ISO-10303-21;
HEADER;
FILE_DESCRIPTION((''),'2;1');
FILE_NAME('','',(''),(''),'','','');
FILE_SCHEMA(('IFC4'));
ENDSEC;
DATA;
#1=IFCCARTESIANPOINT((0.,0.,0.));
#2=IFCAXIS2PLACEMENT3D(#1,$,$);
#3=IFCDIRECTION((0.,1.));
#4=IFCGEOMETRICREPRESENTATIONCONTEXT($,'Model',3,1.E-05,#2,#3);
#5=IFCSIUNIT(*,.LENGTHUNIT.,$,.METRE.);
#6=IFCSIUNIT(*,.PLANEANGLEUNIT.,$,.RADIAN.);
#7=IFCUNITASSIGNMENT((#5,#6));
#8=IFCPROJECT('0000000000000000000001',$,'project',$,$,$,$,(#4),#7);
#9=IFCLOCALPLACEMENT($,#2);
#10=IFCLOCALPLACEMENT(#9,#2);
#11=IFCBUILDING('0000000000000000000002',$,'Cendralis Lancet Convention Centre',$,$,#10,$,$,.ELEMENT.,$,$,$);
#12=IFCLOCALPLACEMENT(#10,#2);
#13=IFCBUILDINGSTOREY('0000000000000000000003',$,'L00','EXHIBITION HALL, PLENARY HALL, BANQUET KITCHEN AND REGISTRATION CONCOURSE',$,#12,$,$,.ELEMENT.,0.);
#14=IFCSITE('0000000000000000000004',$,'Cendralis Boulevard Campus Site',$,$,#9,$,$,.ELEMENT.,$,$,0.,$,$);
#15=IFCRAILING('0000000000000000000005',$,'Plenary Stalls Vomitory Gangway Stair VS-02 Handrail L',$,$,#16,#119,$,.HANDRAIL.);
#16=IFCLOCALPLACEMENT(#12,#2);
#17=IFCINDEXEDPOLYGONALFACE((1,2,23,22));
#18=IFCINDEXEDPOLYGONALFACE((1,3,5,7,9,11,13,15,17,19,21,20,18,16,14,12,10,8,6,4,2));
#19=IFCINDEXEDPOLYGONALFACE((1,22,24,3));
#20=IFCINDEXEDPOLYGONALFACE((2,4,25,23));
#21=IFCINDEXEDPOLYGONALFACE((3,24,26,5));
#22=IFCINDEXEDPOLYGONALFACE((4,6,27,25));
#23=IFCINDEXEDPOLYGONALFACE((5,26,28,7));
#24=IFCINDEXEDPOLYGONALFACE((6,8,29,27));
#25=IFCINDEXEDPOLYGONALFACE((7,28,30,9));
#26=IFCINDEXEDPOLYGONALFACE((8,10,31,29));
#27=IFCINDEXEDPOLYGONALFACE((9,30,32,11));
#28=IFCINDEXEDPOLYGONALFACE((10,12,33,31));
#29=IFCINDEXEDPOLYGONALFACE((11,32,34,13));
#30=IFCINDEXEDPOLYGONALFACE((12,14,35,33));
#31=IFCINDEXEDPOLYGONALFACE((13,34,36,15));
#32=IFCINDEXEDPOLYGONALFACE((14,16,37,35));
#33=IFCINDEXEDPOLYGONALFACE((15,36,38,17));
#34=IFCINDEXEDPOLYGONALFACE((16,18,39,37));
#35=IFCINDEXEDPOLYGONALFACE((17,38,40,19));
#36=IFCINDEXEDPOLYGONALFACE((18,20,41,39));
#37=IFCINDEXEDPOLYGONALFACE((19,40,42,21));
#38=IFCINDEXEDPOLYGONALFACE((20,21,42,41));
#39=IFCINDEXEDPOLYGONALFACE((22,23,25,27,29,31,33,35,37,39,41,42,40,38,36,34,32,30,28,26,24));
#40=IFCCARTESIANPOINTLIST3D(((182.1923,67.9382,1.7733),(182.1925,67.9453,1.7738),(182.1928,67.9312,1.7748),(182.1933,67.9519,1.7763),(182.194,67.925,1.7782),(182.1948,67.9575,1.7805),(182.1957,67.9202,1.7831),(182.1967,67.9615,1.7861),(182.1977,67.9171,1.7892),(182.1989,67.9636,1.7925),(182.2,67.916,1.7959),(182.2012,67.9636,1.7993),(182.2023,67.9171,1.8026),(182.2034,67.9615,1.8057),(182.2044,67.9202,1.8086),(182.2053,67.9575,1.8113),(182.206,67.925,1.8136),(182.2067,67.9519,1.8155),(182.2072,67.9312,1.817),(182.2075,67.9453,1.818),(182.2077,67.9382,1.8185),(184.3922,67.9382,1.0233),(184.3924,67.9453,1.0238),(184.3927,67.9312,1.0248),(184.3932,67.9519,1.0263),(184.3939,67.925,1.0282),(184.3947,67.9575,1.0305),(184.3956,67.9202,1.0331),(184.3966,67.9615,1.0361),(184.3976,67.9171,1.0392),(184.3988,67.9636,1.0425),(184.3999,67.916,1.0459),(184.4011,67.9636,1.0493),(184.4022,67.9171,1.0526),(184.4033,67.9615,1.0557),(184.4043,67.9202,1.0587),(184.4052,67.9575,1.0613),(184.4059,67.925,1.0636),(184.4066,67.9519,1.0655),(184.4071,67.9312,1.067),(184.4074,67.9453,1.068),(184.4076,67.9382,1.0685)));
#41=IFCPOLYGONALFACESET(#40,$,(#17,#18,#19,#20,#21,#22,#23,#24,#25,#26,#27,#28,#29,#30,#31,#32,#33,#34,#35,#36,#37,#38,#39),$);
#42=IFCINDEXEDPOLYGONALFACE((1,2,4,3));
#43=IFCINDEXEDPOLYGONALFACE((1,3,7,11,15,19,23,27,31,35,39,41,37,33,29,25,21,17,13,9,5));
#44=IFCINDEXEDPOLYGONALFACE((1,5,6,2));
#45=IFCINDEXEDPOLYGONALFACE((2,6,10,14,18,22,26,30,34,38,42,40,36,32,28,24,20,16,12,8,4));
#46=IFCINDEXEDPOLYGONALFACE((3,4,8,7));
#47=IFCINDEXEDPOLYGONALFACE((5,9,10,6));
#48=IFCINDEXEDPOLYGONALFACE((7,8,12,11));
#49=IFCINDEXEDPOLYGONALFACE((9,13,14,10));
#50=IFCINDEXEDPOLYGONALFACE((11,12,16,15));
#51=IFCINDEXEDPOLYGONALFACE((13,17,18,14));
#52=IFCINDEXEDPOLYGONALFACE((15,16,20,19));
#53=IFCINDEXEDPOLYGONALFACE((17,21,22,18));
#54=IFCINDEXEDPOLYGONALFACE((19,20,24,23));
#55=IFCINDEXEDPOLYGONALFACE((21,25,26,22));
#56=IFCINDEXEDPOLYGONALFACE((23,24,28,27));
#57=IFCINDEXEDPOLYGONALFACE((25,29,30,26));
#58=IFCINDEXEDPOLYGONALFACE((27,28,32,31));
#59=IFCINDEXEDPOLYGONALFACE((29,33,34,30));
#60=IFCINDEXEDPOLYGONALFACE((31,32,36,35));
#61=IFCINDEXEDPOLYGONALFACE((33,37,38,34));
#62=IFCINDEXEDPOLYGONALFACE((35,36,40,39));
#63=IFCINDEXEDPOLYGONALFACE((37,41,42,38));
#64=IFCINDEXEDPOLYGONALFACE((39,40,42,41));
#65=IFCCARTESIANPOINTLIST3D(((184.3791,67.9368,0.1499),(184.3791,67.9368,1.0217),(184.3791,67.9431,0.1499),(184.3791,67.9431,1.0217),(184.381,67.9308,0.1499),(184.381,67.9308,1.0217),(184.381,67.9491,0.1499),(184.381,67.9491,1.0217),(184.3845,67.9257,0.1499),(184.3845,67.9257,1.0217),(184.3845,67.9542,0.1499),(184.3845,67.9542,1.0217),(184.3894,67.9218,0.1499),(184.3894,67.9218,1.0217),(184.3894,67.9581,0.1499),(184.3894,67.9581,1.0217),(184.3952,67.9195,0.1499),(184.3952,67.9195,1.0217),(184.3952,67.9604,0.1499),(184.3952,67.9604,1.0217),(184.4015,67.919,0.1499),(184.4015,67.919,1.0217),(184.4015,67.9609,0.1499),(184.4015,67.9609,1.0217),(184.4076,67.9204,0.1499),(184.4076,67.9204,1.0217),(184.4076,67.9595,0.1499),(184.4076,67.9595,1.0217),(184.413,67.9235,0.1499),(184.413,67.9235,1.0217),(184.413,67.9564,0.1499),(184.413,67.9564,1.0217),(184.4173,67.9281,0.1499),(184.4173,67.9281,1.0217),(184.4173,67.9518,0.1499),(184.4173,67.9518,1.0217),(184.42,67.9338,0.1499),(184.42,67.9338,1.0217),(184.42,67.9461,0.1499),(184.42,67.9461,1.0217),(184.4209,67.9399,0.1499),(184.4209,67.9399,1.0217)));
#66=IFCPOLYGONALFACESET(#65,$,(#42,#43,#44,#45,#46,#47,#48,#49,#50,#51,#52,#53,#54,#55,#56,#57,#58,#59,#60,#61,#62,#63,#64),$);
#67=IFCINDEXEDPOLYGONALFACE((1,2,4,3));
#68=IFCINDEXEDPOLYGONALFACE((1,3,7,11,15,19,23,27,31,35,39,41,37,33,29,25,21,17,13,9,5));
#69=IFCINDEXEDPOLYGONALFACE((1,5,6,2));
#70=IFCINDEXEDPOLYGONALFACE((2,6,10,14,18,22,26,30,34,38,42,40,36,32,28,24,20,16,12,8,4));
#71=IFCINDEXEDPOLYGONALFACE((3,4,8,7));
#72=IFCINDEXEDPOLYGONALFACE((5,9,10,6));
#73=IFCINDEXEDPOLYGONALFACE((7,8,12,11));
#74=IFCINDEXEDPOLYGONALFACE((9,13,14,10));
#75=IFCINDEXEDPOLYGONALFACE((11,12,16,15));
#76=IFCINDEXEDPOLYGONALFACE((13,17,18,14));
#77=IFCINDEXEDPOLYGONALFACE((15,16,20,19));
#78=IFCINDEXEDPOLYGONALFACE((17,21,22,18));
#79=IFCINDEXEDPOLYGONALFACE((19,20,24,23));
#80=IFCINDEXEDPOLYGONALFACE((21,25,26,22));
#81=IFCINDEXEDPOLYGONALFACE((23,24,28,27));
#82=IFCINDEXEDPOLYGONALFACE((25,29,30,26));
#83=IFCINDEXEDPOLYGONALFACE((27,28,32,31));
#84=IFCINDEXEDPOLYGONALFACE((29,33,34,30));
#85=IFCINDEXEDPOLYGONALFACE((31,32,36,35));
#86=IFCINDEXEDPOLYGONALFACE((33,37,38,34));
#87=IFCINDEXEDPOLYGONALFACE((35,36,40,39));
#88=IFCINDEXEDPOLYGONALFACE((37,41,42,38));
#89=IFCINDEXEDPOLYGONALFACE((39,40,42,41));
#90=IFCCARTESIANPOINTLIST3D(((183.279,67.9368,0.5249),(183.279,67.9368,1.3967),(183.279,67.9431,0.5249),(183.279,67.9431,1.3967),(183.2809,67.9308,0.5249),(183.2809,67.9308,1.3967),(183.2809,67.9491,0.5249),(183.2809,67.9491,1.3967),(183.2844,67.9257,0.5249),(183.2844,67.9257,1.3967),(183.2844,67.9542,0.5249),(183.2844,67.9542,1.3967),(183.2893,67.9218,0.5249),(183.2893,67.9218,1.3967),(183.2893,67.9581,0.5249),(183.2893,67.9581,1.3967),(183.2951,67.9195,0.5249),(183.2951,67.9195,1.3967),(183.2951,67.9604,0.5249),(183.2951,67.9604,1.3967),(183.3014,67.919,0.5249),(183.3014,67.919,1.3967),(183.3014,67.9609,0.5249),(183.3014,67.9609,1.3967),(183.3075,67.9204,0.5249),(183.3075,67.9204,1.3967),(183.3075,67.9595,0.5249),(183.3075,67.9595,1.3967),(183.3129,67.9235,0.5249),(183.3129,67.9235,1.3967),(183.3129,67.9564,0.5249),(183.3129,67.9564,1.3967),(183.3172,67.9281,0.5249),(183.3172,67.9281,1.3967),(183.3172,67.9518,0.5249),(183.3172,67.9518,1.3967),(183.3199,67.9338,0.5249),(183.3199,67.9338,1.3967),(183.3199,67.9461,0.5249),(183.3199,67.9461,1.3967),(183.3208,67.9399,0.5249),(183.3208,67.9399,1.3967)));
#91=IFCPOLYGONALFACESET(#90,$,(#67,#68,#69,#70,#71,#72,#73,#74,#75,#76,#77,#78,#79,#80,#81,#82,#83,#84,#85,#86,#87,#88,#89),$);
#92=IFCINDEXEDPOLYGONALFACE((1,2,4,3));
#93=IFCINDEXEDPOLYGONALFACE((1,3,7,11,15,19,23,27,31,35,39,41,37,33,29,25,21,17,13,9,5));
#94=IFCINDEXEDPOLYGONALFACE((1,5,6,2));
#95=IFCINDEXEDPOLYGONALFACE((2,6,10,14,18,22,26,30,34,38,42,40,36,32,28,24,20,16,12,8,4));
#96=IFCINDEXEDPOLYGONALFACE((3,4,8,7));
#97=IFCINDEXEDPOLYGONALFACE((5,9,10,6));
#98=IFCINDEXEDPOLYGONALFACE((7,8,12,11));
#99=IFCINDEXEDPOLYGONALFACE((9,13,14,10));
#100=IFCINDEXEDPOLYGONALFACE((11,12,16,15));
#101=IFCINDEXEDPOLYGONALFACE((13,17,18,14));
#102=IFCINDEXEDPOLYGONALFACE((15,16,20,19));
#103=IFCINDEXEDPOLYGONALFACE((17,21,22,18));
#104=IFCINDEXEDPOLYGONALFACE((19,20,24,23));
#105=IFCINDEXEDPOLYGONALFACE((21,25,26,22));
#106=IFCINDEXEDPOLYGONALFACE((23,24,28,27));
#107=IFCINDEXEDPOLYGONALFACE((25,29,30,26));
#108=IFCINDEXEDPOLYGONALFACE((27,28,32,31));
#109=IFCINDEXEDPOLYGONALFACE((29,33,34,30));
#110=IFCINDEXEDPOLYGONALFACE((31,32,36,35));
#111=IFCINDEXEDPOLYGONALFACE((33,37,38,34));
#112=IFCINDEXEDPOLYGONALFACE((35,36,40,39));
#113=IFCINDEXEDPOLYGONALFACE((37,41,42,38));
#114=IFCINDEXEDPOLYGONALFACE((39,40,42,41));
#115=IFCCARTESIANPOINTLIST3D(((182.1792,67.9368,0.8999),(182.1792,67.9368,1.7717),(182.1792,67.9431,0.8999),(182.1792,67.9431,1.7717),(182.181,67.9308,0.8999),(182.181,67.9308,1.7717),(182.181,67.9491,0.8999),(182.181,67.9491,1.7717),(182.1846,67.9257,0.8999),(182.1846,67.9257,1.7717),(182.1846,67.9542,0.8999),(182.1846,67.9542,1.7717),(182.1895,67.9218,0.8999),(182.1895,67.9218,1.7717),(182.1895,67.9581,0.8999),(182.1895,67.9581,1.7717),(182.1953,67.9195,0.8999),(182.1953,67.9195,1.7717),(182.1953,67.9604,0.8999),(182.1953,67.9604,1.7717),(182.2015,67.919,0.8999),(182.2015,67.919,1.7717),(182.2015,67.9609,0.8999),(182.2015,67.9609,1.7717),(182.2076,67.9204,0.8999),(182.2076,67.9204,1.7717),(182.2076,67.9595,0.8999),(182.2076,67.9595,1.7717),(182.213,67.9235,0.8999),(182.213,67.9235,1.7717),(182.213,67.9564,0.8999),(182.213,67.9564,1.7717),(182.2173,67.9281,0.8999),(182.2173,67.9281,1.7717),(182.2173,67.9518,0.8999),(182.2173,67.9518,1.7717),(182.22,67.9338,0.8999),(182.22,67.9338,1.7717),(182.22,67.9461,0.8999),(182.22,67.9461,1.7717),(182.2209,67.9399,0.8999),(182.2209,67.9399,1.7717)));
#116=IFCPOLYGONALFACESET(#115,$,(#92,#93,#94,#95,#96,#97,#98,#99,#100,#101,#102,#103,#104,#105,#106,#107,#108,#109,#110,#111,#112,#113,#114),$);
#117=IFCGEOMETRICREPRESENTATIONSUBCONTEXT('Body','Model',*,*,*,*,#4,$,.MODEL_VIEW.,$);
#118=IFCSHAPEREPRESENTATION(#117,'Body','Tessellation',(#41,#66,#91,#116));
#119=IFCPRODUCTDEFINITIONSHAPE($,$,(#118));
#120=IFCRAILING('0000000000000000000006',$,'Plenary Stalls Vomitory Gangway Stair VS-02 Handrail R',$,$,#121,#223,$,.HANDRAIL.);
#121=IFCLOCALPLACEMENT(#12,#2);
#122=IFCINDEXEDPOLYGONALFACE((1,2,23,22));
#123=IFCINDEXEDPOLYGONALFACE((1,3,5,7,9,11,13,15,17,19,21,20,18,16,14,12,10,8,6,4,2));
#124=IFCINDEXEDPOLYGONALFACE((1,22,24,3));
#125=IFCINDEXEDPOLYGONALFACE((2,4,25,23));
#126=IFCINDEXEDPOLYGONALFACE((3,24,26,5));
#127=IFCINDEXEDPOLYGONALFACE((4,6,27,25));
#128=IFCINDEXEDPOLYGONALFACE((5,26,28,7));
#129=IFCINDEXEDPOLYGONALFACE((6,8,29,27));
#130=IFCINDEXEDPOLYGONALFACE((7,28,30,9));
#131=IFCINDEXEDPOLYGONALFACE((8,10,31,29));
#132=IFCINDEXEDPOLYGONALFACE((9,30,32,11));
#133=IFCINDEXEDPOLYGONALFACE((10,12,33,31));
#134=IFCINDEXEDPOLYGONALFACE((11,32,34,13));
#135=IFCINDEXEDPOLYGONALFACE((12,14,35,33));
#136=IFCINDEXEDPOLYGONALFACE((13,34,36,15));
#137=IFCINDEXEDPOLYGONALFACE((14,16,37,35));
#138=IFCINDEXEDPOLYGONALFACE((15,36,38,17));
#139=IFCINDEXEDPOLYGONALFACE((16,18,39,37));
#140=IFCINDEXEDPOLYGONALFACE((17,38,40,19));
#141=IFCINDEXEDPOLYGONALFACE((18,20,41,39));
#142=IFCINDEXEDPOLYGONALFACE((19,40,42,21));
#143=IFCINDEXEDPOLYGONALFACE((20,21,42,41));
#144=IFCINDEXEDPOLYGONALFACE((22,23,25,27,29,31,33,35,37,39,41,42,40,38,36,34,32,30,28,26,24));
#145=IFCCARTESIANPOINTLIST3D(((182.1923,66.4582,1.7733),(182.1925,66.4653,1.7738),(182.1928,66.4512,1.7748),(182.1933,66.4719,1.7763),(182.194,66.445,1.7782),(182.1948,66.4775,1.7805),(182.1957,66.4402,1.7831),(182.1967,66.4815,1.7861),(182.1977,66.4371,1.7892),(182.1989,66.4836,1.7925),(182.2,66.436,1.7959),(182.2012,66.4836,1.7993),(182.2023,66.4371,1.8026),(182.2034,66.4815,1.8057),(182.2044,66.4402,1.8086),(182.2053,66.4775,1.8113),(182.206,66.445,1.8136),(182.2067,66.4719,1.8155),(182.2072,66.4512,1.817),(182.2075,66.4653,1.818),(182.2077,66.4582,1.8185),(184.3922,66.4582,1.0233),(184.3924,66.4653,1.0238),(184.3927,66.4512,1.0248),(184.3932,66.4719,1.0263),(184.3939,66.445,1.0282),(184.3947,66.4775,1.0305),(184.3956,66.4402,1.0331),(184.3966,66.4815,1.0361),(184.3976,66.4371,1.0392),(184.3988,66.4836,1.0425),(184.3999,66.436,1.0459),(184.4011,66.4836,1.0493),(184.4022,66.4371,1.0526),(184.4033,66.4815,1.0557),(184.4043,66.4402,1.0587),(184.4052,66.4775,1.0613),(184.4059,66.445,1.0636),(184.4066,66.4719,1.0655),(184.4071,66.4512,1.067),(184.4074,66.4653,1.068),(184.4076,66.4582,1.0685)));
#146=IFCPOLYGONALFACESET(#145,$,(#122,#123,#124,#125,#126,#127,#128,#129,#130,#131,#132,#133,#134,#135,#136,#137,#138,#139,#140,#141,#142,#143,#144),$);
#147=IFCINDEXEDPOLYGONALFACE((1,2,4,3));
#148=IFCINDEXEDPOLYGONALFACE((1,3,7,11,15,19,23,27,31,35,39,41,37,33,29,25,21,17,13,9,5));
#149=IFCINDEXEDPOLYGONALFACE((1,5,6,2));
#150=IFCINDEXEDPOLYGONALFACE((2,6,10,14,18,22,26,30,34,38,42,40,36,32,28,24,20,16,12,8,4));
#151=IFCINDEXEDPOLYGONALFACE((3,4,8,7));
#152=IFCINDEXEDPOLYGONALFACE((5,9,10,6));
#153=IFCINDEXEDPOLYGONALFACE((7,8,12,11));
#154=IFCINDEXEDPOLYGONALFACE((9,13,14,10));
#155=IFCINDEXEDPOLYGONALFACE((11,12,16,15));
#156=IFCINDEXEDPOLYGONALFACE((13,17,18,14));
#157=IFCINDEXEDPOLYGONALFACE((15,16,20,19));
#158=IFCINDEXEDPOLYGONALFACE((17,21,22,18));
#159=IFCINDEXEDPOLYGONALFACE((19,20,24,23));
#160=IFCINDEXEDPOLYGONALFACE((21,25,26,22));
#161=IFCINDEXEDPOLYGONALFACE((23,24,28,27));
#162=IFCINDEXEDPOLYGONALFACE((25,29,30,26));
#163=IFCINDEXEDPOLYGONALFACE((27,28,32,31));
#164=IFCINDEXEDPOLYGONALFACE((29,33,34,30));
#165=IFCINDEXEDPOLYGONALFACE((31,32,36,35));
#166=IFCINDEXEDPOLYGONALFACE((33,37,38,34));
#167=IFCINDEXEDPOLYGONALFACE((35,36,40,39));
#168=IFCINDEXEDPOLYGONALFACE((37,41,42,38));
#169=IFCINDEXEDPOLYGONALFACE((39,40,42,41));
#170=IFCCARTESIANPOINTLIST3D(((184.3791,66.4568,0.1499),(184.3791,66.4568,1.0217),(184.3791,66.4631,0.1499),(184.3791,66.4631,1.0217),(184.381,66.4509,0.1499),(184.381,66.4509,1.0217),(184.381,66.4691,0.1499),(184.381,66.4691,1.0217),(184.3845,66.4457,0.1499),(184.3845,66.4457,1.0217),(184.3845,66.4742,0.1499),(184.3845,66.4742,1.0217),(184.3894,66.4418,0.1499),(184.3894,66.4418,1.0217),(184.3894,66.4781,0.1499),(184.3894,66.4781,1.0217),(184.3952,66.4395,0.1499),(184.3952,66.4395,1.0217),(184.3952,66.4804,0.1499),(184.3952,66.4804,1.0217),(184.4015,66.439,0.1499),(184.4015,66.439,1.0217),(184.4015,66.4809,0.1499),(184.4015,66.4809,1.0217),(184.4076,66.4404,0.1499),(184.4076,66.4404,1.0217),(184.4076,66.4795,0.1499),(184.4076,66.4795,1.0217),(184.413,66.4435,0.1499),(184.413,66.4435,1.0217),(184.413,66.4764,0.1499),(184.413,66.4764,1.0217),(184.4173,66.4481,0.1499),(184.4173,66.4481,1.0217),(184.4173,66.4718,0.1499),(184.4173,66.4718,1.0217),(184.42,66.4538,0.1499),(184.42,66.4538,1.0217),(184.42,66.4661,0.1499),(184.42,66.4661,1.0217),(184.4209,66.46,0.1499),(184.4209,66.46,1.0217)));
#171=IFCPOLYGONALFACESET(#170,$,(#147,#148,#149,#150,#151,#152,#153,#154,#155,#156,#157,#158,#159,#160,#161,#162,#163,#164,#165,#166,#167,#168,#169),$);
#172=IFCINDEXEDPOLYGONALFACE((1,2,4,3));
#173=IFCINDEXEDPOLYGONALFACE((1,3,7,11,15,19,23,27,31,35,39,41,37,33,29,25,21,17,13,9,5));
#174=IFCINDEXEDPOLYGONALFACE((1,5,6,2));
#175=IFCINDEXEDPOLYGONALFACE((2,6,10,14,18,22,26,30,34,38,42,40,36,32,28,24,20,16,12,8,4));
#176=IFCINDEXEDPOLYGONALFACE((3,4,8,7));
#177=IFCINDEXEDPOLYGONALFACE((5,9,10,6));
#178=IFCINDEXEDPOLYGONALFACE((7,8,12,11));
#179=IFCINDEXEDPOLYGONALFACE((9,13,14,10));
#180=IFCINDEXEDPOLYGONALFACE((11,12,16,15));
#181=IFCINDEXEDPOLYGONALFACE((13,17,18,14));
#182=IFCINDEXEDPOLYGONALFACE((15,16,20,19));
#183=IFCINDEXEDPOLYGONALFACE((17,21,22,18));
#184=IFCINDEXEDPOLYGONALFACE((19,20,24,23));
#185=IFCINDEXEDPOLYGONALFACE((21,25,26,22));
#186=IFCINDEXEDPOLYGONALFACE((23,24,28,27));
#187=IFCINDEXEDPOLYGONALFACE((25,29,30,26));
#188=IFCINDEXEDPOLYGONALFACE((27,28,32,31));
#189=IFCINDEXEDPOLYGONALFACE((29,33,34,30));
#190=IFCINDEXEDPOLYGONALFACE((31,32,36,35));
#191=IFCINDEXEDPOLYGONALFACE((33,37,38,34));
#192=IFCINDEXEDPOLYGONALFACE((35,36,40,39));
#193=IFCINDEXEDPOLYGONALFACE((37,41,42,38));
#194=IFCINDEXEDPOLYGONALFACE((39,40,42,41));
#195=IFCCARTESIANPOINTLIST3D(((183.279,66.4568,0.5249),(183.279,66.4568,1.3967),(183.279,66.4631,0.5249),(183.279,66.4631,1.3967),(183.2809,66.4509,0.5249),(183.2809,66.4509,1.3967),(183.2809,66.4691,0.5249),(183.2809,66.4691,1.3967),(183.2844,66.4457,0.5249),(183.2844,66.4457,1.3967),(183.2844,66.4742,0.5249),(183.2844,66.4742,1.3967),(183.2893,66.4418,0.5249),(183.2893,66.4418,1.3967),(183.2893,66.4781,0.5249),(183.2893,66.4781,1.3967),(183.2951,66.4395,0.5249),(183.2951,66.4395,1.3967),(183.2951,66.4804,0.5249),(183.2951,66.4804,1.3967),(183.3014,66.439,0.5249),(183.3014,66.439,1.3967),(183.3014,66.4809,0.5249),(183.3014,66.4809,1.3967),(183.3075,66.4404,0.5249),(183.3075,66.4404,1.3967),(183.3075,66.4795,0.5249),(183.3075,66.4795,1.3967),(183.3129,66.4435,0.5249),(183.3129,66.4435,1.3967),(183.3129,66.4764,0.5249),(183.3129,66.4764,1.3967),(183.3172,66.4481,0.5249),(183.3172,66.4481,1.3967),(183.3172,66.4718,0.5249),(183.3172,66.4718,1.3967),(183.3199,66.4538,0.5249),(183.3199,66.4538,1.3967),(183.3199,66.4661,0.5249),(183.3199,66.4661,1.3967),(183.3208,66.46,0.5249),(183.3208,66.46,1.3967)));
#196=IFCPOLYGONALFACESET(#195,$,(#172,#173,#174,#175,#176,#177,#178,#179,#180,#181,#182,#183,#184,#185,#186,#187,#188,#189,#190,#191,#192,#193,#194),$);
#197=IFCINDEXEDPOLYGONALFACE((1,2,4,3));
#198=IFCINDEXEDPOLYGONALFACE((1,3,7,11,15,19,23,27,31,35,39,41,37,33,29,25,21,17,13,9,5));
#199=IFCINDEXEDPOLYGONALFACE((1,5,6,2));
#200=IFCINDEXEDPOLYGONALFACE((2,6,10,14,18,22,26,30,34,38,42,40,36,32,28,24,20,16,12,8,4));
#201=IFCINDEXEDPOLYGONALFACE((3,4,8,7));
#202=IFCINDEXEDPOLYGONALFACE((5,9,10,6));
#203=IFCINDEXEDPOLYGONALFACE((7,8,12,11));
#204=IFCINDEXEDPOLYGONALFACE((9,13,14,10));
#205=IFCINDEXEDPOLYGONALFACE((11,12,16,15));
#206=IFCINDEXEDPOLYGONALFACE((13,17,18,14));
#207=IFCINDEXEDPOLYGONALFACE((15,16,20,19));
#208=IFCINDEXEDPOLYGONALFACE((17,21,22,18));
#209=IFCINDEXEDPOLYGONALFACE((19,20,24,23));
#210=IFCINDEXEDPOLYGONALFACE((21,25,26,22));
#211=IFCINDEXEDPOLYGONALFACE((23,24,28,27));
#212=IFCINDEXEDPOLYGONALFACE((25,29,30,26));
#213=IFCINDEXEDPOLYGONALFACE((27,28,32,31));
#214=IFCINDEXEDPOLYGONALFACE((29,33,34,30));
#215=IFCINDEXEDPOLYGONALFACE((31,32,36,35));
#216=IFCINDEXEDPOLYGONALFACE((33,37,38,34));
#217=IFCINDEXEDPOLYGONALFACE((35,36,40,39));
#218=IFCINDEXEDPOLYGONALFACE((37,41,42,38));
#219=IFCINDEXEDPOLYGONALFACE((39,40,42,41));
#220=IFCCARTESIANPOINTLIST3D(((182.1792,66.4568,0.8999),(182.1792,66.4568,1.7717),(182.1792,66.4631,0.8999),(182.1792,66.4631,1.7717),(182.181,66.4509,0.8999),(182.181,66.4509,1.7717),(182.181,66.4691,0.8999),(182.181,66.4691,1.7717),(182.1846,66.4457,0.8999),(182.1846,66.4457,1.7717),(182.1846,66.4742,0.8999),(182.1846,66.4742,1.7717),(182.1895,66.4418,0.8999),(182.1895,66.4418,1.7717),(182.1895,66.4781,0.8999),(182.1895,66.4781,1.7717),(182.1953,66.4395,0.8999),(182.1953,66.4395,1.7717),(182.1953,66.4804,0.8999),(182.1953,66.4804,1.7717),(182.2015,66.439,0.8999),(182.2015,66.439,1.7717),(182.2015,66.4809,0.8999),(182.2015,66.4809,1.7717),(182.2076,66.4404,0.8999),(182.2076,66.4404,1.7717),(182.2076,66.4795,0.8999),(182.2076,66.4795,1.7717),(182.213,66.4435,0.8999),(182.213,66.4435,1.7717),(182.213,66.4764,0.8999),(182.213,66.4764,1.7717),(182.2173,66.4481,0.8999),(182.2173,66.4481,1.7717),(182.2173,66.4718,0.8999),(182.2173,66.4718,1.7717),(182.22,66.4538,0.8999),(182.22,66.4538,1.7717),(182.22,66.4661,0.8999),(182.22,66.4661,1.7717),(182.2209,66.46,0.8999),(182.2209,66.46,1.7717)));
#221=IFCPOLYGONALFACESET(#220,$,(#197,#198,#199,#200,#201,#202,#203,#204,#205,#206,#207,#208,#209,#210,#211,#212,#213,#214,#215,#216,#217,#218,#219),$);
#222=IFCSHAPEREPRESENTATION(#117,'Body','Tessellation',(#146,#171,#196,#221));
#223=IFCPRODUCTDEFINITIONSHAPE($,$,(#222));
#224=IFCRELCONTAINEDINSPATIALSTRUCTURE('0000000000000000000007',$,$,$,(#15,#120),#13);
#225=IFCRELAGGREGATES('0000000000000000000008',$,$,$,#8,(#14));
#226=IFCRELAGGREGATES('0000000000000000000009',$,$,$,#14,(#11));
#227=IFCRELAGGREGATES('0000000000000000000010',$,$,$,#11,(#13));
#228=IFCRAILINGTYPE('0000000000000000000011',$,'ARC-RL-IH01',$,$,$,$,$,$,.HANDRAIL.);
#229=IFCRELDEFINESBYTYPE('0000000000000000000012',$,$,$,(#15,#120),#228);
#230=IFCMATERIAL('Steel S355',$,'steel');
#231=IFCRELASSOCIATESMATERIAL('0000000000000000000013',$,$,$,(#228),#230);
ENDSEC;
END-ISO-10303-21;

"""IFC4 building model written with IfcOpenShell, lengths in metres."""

from ifc_helpers import new_model, si_unit, direction, frame, origin, origin_2d, place, context, subcontext, project, spatial, circle, extrude, material, type_object, element, save


model = new_model("IFC4")

# Units and contexts
model_context = context("Model", 3, precision=1e-05, world=origin(), true_north=direction((0.0, 1.0)))
body_context = subcontext(model_context, "Body", "Model", "MODEL_VIEW")
ifc_project = project(units=[si_unit("LENGTHUNIT", "METRE"), si_unit("PLANEANGLEUNIT", "RADIAN")], contexts=[model_context])

# Site, building, storey
site_placement = place(None, origin())
site = spatial("IfcSite", under=ifc_project, at=site_placement, Name="Cendralis Boulevard Campus Site", CompositionType="ELEMENT", RefElevation=0.0)
building_placement = place(site_placement, origin())
building = spatial("IfcBuilding", under=site, at=building_placement, Name="Cendralis Lancet Convention Centre", CompositionType="ELEMENT")
storey_placement = place(building_placement, origin())
storey = spatial("IfcBuildingStorey", under=building, at=storey_placement, Name="L00", Description="EXHIBITION HALL, PLENARY HALL, BANQUET KITCHEN AND REGISTRATION CONCOURSE", CompositionType="ELEMENT", Elevation=0.0)

# Shared definitions
ifc_material_1 = material(Name="Steel S355", Category="steel")

# Railings
railing_type_1 = type_object("IfcRailingType", Name="ARC-RL-IH01", PredefinedType="HANDRAIL", material=ifc_material_1)
for number, where, name in (
    (1, (184.3999, 67.9399, 0.1499), "Plenary Stalls Vomitory Gangway Stair VS-02 Handrail L"),
    (2, (184.3999, 66.46, 0.1499), "Plenary Stalls Vomitory Gangway Stair VS-02 Handrail R"),
):
    element("IfcRailing", number, at=place(storey_placement, frame(where)), inside=storey, type_object=railing_type_1, Name=name, PredefinedType="HANDRAIL", context=body_context, shape_type="SweptSolid", body=[
        extrude(circle(Radius=0.0239, at=origin_2d()), frame((0.0, 0.0, 0.896), z_axis=(-0.946508, 0.0, 0.32268), x_axis=(0.0, -1.0, 0.0)), (0.0, 0.0, 1.0), 2.3242),
        extrude(circle(Radius=0.021, at=origin_2d()), origin(), (0.0, 0.0, 1.0), 0.8718),
        extrude(circle(Radius=0.021, at=origin_2d()), frame((-1.1001, 0.0, 0.375)), (0.0, 0.0, 1.0), 0.8718),
        extrude(circle(Radius=0.021, at=origin_2d()), frame((-2.2, 0.0, 0.75)), (0.0, 0.0, 1.0), 0.8718),
    ])

save(model, "model.ifc")
